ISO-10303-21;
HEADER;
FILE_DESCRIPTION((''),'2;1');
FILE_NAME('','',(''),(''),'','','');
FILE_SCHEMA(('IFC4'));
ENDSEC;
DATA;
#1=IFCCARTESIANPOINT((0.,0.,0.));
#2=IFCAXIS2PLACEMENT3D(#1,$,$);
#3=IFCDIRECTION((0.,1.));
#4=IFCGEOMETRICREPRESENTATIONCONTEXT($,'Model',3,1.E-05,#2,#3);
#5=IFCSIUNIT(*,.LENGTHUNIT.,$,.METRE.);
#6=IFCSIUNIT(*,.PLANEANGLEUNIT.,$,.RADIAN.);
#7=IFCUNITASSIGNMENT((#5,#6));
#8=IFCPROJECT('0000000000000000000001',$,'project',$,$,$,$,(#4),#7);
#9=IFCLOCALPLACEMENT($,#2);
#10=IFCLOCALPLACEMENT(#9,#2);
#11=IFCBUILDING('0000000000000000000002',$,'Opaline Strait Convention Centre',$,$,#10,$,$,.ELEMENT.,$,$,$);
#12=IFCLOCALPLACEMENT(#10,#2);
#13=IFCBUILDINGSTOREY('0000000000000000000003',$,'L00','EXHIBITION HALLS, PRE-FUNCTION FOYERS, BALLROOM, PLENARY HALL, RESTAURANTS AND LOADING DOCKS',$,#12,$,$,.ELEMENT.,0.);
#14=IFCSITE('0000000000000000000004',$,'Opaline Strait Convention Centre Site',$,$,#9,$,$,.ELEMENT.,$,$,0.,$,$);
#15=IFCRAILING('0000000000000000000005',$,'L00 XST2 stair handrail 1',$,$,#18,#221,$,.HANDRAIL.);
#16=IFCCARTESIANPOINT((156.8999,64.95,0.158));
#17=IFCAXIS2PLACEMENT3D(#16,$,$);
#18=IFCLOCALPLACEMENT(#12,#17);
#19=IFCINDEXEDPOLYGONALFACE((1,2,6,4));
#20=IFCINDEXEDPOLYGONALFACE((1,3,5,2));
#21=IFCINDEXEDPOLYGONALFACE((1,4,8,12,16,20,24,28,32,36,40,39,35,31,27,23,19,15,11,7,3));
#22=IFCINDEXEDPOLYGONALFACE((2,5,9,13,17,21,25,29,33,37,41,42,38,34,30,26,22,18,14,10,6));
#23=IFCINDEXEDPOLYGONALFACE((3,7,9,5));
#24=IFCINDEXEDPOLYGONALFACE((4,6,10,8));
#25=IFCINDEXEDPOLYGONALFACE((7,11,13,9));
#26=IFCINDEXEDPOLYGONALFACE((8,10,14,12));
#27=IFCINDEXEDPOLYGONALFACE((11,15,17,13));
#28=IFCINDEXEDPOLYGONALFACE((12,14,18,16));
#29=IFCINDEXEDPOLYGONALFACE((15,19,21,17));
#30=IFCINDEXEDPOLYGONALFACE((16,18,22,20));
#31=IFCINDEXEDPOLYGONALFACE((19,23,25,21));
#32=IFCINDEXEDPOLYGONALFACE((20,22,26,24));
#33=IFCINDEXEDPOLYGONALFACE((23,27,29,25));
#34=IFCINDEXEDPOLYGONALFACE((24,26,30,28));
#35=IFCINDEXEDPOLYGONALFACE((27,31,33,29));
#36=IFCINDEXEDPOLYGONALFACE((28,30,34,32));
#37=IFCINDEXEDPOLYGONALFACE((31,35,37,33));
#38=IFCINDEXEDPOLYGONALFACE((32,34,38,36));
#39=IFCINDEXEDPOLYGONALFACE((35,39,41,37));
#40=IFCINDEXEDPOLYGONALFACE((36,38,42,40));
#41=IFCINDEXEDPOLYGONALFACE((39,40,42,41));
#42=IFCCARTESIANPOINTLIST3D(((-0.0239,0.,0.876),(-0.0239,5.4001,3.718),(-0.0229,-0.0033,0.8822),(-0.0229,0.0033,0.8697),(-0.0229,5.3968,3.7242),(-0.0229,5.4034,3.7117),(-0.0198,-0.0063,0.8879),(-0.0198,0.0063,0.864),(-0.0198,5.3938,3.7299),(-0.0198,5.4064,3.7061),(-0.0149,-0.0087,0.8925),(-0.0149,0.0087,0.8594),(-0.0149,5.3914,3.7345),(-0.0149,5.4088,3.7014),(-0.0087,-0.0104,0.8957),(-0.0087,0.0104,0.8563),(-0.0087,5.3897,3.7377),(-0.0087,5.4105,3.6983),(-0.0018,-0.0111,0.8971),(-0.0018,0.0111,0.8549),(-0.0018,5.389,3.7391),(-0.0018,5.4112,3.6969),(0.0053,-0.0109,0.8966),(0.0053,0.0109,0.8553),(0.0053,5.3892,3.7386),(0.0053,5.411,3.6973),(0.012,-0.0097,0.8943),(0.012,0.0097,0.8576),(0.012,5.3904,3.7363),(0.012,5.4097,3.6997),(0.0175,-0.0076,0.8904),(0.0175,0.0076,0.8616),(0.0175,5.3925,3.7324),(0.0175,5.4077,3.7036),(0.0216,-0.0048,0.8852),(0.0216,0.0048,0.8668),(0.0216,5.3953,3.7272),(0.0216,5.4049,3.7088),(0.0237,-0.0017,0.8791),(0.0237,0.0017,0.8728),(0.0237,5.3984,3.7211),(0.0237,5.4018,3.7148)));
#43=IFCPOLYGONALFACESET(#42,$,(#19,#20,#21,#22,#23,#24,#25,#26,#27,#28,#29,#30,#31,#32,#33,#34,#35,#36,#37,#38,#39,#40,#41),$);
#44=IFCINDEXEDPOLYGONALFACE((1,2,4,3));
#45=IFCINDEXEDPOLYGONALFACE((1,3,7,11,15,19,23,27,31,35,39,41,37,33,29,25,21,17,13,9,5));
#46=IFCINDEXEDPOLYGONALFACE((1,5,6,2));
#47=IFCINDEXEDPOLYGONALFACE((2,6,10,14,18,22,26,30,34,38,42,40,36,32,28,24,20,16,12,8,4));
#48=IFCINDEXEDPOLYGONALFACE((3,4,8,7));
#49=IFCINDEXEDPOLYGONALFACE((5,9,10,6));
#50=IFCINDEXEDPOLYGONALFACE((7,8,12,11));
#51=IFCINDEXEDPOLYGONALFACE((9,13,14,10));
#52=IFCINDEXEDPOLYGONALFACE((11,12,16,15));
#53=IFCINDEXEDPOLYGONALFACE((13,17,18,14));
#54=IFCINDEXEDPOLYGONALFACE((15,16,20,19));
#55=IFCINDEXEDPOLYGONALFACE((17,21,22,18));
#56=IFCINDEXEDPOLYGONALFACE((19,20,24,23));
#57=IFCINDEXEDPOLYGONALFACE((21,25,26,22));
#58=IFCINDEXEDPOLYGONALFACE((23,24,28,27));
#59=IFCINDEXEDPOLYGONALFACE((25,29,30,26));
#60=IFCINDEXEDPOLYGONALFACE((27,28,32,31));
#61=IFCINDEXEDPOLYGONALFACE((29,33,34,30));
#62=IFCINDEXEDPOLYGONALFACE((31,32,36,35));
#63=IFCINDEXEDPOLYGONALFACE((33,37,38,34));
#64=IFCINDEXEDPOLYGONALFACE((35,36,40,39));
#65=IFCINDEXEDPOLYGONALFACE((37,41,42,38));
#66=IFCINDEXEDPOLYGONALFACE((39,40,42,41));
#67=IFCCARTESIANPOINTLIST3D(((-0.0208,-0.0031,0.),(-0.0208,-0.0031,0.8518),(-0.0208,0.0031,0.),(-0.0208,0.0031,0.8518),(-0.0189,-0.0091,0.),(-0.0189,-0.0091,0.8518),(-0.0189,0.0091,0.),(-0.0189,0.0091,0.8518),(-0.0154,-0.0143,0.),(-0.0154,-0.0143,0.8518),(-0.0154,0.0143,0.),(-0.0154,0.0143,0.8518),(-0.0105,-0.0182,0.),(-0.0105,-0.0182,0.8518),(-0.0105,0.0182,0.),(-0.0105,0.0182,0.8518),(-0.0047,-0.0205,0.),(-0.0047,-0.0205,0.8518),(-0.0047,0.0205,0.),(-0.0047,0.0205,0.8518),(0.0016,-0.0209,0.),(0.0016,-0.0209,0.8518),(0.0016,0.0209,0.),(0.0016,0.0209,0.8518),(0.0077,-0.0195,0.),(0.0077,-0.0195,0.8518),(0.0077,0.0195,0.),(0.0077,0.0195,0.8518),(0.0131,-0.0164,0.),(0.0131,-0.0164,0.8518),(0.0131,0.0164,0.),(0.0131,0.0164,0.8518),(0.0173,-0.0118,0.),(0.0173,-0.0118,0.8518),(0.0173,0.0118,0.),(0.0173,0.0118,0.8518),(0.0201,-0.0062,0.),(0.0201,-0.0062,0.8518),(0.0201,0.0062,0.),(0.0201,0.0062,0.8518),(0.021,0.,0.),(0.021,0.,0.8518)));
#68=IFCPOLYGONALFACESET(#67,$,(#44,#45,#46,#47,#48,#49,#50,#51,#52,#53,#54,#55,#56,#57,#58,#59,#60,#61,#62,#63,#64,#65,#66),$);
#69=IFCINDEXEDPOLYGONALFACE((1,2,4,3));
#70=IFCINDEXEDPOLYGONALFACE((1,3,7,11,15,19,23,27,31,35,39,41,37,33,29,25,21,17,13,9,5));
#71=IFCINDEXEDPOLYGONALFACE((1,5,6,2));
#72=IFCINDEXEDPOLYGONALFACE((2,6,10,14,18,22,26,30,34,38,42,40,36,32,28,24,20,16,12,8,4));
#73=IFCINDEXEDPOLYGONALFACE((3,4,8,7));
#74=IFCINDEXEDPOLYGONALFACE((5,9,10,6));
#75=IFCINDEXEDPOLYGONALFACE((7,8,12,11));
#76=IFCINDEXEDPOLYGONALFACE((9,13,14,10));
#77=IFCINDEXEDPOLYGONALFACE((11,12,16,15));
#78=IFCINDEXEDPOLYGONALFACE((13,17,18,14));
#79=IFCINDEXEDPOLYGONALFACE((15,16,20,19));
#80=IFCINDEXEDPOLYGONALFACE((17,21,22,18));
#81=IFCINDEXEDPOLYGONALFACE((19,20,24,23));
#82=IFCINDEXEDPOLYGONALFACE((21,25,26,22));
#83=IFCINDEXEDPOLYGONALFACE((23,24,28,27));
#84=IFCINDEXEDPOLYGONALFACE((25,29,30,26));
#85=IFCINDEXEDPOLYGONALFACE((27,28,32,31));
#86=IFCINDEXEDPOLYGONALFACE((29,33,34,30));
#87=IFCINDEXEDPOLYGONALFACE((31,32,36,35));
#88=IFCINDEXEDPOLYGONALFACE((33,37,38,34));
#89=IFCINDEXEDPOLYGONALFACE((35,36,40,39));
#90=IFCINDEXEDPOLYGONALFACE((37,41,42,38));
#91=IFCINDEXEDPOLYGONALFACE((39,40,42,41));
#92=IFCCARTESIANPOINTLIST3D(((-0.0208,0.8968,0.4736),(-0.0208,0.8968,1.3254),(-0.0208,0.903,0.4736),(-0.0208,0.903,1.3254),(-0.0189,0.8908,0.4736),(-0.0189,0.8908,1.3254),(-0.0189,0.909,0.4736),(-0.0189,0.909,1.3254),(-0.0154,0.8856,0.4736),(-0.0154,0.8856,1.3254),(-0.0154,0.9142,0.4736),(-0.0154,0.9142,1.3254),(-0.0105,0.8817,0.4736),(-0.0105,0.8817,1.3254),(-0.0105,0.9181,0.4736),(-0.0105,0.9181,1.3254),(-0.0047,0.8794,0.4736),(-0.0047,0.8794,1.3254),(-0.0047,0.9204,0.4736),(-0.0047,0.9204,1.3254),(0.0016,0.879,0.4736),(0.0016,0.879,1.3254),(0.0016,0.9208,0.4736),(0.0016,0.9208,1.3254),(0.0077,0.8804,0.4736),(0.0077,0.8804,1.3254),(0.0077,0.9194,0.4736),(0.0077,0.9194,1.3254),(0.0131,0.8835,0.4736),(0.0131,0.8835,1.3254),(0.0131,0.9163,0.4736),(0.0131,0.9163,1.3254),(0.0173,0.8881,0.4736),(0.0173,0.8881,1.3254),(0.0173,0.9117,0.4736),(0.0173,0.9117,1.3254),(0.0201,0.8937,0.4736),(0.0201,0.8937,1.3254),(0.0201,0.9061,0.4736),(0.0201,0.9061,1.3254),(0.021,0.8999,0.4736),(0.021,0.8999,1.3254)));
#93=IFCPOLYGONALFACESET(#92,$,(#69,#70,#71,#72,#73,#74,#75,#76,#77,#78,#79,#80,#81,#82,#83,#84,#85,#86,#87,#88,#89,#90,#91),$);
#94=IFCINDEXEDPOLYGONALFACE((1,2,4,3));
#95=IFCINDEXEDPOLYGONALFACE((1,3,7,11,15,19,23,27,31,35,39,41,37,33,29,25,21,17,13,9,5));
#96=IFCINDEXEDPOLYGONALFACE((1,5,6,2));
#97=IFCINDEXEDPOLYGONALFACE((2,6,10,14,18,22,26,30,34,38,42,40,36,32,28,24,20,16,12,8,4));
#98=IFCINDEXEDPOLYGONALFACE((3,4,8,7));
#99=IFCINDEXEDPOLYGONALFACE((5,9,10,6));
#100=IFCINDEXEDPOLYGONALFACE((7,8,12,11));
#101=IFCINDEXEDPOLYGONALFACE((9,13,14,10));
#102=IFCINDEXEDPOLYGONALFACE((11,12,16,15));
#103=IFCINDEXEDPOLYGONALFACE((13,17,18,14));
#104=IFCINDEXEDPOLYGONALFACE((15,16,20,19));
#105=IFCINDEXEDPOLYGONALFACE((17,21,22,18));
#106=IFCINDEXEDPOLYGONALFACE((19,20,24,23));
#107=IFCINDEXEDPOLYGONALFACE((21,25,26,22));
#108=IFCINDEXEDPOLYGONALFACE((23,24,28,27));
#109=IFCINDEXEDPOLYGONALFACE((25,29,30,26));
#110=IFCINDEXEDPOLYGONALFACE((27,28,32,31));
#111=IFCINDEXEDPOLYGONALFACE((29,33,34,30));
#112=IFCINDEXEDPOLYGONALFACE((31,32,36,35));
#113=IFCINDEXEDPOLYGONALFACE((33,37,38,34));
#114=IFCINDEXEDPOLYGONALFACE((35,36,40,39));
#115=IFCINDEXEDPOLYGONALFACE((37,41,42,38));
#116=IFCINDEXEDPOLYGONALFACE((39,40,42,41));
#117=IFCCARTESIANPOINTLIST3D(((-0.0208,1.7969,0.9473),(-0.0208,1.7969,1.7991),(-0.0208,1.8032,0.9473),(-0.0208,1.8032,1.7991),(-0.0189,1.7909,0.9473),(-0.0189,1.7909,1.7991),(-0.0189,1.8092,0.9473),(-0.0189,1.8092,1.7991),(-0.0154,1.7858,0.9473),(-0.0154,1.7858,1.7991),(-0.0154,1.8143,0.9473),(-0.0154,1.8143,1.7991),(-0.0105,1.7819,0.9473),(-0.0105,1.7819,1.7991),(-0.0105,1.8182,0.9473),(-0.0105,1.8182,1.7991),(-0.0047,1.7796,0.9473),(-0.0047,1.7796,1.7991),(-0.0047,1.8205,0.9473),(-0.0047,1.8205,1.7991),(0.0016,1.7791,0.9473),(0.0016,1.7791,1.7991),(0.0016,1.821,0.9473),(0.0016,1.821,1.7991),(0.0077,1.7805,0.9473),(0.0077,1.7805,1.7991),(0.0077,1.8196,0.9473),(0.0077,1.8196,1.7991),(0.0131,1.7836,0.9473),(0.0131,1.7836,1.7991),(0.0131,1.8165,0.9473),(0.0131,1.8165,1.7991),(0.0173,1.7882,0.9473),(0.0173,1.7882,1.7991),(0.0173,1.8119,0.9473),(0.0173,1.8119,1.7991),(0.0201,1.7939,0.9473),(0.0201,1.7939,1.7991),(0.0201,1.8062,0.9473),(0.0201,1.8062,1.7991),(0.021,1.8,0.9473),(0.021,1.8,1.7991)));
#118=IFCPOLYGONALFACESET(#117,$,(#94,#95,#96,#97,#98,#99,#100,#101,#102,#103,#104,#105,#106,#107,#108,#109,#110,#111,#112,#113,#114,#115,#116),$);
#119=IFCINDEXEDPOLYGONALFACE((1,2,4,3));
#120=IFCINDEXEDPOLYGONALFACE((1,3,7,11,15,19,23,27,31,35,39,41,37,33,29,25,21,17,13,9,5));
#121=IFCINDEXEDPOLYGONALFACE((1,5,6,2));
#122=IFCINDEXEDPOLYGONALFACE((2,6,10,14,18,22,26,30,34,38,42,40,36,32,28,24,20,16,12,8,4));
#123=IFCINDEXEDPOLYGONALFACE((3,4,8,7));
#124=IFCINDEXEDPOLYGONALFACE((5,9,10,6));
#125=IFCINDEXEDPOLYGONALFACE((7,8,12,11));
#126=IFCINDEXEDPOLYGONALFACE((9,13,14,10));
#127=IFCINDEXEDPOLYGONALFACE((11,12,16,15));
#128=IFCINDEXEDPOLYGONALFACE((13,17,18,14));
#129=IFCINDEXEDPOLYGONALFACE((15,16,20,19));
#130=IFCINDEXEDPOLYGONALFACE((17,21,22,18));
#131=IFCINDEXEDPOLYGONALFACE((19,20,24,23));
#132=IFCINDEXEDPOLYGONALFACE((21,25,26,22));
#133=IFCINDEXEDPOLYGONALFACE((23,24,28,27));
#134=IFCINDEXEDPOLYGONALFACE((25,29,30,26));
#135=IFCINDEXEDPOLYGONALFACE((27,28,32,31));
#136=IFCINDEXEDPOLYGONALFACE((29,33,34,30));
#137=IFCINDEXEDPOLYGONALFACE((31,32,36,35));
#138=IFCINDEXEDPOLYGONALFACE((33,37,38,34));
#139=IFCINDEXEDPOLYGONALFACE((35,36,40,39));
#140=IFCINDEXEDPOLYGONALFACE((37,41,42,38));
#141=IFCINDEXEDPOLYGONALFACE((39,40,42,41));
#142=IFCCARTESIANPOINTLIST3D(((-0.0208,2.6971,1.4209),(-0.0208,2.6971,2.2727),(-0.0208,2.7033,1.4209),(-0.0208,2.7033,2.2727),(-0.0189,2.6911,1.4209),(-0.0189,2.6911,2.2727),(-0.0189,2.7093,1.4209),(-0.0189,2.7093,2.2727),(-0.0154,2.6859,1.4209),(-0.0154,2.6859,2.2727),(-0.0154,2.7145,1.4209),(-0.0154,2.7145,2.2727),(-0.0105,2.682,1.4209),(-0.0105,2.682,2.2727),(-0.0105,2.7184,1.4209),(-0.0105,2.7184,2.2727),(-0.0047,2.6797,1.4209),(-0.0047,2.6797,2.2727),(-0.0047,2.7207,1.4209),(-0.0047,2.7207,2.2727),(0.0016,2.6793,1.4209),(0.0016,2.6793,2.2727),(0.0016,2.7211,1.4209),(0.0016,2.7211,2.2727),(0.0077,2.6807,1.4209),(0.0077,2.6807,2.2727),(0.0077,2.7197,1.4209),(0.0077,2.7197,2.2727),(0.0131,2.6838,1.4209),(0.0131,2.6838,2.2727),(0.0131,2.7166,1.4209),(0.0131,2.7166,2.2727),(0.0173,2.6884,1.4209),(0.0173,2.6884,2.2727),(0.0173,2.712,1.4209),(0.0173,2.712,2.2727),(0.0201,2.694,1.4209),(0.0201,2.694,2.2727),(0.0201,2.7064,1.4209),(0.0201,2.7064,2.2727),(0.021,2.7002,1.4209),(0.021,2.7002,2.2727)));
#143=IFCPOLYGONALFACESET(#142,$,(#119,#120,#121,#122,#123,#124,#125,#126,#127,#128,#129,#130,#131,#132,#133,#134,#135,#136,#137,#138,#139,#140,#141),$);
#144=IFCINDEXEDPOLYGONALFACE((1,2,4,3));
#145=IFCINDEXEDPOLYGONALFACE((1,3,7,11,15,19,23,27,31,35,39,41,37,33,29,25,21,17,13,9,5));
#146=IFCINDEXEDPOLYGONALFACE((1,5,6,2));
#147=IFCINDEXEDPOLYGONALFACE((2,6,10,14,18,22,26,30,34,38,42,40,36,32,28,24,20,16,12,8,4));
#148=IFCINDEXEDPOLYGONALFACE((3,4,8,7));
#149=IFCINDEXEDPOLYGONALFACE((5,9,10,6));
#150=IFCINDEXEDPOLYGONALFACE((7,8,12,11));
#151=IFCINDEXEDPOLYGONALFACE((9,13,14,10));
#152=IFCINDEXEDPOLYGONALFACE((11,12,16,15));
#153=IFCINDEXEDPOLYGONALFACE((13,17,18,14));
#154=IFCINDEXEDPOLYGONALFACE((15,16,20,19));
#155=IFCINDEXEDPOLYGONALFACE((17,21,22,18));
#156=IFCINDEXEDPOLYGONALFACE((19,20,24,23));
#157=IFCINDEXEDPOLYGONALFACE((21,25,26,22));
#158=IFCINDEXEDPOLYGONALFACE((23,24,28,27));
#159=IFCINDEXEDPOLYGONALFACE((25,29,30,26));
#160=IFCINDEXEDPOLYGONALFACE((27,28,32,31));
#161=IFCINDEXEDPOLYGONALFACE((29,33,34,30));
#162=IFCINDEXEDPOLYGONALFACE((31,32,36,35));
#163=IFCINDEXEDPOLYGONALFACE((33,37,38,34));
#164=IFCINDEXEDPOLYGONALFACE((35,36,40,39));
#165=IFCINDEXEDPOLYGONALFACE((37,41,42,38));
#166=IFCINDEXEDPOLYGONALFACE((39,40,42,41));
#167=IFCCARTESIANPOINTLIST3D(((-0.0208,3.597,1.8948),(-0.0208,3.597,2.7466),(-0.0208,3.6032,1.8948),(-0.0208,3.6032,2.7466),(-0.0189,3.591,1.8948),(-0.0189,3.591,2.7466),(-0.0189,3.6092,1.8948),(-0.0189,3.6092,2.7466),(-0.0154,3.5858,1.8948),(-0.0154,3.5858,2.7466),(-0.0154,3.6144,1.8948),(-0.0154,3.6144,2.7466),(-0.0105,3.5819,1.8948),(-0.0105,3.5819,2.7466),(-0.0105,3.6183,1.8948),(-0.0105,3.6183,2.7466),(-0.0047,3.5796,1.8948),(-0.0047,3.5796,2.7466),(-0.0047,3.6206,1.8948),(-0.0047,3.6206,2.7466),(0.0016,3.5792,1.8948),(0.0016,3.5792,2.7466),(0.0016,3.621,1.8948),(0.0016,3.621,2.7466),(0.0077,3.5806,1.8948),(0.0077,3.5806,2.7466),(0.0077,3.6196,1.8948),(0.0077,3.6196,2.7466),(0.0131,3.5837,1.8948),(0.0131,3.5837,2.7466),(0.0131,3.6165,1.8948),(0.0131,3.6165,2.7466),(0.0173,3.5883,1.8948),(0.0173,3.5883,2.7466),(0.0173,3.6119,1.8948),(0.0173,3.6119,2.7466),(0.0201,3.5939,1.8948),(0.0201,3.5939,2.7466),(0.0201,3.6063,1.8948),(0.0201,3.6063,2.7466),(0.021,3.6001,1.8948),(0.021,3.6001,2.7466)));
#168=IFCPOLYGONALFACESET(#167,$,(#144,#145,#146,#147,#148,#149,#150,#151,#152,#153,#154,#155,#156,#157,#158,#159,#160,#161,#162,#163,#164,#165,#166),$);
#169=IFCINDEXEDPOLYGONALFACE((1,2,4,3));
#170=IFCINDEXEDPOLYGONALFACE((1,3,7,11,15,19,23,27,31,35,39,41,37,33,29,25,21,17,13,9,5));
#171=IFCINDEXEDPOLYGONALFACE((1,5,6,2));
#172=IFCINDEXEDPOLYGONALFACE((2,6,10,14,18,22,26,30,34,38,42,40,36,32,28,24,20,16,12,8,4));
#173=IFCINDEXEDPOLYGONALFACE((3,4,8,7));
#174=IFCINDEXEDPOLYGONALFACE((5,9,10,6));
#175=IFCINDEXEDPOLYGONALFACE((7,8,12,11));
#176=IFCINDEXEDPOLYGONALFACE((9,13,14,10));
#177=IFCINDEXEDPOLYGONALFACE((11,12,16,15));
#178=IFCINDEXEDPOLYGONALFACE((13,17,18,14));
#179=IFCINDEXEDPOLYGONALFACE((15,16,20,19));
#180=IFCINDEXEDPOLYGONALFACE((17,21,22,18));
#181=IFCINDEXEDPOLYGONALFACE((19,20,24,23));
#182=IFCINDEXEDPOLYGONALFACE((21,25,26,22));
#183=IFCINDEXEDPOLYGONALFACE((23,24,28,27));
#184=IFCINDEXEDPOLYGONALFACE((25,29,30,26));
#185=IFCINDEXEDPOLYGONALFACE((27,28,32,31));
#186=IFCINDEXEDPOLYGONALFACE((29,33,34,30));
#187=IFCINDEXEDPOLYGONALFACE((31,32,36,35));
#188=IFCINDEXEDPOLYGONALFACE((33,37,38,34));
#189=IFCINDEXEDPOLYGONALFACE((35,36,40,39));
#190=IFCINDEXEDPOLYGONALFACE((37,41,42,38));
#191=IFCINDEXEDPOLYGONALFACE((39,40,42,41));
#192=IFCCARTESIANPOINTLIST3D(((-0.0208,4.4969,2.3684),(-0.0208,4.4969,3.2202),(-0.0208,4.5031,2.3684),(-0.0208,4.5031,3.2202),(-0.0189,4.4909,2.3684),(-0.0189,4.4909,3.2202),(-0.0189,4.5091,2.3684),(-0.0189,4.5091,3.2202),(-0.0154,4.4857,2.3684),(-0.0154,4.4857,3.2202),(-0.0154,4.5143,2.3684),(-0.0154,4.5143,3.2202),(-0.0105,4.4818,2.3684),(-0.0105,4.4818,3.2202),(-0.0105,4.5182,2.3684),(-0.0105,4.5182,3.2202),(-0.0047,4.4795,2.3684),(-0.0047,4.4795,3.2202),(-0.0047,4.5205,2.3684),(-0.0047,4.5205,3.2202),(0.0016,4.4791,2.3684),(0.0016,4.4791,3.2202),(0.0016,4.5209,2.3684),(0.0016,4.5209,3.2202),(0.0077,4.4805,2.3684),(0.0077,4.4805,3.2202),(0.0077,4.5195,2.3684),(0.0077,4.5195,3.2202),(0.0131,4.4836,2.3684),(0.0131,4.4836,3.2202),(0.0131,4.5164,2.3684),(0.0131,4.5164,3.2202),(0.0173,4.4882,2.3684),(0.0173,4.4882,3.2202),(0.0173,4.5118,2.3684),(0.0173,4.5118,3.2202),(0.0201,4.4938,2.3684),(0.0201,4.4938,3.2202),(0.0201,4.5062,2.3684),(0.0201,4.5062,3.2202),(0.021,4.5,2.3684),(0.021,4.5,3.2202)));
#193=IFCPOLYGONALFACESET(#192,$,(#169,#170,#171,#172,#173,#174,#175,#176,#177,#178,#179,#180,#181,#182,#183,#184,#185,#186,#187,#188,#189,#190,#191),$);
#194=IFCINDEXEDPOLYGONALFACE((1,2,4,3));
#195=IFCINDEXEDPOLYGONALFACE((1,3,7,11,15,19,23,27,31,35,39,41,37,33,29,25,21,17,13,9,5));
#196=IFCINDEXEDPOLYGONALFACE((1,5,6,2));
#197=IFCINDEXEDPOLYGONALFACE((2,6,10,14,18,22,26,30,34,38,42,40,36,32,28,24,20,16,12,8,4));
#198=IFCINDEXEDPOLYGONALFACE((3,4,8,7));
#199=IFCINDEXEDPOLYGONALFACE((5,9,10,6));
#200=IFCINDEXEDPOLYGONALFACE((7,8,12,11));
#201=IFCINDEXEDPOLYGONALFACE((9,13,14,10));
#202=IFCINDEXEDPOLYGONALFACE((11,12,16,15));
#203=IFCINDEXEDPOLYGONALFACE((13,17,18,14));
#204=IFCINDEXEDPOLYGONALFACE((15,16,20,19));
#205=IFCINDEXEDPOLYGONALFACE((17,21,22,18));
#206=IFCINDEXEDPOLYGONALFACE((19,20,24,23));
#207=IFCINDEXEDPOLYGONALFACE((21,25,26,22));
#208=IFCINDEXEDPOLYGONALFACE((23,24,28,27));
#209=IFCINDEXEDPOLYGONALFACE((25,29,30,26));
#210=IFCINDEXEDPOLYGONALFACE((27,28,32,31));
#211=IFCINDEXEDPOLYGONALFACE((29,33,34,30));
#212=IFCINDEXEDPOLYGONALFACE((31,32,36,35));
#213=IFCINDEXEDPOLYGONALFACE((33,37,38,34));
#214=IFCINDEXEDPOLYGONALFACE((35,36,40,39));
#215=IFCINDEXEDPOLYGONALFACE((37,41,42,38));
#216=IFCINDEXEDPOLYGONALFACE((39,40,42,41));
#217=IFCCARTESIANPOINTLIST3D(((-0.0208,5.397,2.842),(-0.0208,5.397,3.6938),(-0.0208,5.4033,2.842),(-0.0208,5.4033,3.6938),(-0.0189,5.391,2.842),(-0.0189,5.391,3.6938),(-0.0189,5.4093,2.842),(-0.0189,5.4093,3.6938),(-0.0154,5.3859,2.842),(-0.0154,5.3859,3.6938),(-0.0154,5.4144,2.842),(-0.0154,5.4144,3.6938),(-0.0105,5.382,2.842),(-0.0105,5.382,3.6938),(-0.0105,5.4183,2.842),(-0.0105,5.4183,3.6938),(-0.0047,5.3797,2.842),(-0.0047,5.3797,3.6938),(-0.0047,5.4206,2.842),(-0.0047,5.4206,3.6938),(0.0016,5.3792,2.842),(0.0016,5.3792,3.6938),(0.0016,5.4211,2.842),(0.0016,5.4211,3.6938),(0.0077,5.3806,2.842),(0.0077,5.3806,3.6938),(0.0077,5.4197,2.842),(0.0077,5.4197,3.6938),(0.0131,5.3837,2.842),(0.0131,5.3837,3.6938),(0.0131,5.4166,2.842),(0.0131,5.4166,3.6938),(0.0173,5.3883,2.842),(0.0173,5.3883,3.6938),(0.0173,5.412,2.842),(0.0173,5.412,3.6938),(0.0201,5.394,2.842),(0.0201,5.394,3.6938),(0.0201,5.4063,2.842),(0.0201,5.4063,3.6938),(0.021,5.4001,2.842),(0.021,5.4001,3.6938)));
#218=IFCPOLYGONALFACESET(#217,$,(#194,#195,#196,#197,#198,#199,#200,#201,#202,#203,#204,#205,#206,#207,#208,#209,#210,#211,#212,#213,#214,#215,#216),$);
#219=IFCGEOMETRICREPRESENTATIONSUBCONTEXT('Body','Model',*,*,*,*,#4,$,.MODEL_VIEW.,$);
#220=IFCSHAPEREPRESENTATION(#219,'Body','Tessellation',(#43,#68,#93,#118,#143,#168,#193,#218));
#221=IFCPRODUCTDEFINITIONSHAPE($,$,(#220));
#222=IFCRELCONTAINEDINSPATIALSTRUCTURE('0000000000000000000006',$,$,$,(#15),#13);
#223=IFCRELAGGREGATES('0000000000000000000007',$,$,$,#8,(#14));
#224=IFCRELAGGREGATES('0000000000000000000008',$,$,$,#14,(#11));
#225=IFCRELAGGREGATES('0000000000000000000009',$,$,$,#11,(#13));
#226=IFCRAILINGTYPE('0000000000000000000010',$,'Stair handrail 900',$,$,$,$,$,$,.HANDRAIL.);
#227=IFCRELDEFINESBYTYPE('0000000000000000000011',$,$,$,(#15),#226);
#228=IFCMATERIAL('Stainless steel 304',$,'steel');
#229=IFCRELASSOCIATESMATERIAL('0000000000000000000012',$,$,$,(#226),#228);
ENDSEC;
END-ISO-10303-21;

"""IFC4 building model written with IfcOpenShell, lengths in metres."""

from ifc_helpers import new_model, si_unit, direction, frame, origin, origin_2d, place, context, subcontext, project, spatial, circle, extrude, material, type_object, element, save


model = new_model("IFC4")

# Units and contexts
model_context = context("Model", 3, precision=1e-05, world=origin(), true_north=direction((0.0, 1.0)))
body_context = subcontext(model_context, "Body", "Model", "MODEL_VIEW")
ifc_project = project(units=[si_unit("LENGTHUNIT", "METRE"), si_unit("PLANEANGLEUNIT", "RADIAN")], contexts=[model_context])

# Site, building, storey
site_placement = place(None, origin())
site = spatial("IfcSite", under=ifc_project, at=site_placement, Name="Opaline Strait Convention Centre Site", CompositionType="ELEMENT", RefElevation=0.0)
building_placement = place(site_placement, origin())
building = spatial("IfcBuilding", under=site, at=building_placement, Name="Opaline Strait Convention Centre", CompositionType="ELEMENT")
storey_placement = place(building_placement, origin())
storey = spatial("IfcBuildingStorey", under=building, at=storey_placement, Name="L00", Description="EXHIBITION HALLS, PRE-FUNCTION FOYERS, BALLROOM, PLENARY HALL, RESTAURANTS AND LOADING DOCKS", CompositionType="ELEMENT", Elevation=0.0)

# Railing
ifc_material_1 = material(Name="Stainless steel 304", Category="steel")
railing_type_1 = type_object("IfcRailingType", Name="Stair handrail 900", PredefinedType="HANDRAIL", material=ifc_material_1)
railing_1_placement = place(storey_placement, frame((156.8999, 64.95, 0.158)))
element("IfcRailing", 1, at=railing_1_placement, inside=storey, type_object=railing_type_1, Name="L00 XST2 stair handrail 1", PredefinedType="HANDRAIL", context=body_context, shape_type="SweptSolid", body=[
    extrude(circle(Radius=0.0239, at=origin_2d()), frame((0.0, 0.0, 0.876), z_axis=(0.0, 0.884928, 0.465728), x_axis=(-1.0, 0.0, 0.0)), (0.0, 0.0, 1.0), 6.1023),
    extrude(circle(Radius=0.021, at=origin_2d()), origin(), (0.0, 0.0, 1.0), 0.8518),
    extrude(circle(Radius=0.021, at=origin_2d()), frame((0.0, 0.8999, 0.4736)), (0.0, 0.0, 1.0), 0.8518),
    extrude(circle(Radius=0.021, at=origin_2d()), frame((0.0, 1.8, 0.9473)), (0.0, 0.0, 1.0), 0.8518),
    extrude(circle(Radius=0.021, at=origin_2d()), frame((0.0, 2.7002, 1.4209)), (0.0, 0.0, 1.0), 0.8518),
    extrude(circle(Radius=0.021, at=origin_2d()), frame((0.0, 3.6001, 1.8948)), (0.0, 0.0, 1.0), 0.8518),
    extrude(circle(Radius=0.021, at=origin_2d()), frame((0.0, 4.5, 2.3684)), (0.0, 0.0, 1.0), 0.8518),
    extrude(circle(Radius=0.021, at=origin_2d()), frame((0.0, 5.4001, 2.842)), (0.0, 0.0, 1.0), 0.8518),
])

save(model, "model.ifc")
